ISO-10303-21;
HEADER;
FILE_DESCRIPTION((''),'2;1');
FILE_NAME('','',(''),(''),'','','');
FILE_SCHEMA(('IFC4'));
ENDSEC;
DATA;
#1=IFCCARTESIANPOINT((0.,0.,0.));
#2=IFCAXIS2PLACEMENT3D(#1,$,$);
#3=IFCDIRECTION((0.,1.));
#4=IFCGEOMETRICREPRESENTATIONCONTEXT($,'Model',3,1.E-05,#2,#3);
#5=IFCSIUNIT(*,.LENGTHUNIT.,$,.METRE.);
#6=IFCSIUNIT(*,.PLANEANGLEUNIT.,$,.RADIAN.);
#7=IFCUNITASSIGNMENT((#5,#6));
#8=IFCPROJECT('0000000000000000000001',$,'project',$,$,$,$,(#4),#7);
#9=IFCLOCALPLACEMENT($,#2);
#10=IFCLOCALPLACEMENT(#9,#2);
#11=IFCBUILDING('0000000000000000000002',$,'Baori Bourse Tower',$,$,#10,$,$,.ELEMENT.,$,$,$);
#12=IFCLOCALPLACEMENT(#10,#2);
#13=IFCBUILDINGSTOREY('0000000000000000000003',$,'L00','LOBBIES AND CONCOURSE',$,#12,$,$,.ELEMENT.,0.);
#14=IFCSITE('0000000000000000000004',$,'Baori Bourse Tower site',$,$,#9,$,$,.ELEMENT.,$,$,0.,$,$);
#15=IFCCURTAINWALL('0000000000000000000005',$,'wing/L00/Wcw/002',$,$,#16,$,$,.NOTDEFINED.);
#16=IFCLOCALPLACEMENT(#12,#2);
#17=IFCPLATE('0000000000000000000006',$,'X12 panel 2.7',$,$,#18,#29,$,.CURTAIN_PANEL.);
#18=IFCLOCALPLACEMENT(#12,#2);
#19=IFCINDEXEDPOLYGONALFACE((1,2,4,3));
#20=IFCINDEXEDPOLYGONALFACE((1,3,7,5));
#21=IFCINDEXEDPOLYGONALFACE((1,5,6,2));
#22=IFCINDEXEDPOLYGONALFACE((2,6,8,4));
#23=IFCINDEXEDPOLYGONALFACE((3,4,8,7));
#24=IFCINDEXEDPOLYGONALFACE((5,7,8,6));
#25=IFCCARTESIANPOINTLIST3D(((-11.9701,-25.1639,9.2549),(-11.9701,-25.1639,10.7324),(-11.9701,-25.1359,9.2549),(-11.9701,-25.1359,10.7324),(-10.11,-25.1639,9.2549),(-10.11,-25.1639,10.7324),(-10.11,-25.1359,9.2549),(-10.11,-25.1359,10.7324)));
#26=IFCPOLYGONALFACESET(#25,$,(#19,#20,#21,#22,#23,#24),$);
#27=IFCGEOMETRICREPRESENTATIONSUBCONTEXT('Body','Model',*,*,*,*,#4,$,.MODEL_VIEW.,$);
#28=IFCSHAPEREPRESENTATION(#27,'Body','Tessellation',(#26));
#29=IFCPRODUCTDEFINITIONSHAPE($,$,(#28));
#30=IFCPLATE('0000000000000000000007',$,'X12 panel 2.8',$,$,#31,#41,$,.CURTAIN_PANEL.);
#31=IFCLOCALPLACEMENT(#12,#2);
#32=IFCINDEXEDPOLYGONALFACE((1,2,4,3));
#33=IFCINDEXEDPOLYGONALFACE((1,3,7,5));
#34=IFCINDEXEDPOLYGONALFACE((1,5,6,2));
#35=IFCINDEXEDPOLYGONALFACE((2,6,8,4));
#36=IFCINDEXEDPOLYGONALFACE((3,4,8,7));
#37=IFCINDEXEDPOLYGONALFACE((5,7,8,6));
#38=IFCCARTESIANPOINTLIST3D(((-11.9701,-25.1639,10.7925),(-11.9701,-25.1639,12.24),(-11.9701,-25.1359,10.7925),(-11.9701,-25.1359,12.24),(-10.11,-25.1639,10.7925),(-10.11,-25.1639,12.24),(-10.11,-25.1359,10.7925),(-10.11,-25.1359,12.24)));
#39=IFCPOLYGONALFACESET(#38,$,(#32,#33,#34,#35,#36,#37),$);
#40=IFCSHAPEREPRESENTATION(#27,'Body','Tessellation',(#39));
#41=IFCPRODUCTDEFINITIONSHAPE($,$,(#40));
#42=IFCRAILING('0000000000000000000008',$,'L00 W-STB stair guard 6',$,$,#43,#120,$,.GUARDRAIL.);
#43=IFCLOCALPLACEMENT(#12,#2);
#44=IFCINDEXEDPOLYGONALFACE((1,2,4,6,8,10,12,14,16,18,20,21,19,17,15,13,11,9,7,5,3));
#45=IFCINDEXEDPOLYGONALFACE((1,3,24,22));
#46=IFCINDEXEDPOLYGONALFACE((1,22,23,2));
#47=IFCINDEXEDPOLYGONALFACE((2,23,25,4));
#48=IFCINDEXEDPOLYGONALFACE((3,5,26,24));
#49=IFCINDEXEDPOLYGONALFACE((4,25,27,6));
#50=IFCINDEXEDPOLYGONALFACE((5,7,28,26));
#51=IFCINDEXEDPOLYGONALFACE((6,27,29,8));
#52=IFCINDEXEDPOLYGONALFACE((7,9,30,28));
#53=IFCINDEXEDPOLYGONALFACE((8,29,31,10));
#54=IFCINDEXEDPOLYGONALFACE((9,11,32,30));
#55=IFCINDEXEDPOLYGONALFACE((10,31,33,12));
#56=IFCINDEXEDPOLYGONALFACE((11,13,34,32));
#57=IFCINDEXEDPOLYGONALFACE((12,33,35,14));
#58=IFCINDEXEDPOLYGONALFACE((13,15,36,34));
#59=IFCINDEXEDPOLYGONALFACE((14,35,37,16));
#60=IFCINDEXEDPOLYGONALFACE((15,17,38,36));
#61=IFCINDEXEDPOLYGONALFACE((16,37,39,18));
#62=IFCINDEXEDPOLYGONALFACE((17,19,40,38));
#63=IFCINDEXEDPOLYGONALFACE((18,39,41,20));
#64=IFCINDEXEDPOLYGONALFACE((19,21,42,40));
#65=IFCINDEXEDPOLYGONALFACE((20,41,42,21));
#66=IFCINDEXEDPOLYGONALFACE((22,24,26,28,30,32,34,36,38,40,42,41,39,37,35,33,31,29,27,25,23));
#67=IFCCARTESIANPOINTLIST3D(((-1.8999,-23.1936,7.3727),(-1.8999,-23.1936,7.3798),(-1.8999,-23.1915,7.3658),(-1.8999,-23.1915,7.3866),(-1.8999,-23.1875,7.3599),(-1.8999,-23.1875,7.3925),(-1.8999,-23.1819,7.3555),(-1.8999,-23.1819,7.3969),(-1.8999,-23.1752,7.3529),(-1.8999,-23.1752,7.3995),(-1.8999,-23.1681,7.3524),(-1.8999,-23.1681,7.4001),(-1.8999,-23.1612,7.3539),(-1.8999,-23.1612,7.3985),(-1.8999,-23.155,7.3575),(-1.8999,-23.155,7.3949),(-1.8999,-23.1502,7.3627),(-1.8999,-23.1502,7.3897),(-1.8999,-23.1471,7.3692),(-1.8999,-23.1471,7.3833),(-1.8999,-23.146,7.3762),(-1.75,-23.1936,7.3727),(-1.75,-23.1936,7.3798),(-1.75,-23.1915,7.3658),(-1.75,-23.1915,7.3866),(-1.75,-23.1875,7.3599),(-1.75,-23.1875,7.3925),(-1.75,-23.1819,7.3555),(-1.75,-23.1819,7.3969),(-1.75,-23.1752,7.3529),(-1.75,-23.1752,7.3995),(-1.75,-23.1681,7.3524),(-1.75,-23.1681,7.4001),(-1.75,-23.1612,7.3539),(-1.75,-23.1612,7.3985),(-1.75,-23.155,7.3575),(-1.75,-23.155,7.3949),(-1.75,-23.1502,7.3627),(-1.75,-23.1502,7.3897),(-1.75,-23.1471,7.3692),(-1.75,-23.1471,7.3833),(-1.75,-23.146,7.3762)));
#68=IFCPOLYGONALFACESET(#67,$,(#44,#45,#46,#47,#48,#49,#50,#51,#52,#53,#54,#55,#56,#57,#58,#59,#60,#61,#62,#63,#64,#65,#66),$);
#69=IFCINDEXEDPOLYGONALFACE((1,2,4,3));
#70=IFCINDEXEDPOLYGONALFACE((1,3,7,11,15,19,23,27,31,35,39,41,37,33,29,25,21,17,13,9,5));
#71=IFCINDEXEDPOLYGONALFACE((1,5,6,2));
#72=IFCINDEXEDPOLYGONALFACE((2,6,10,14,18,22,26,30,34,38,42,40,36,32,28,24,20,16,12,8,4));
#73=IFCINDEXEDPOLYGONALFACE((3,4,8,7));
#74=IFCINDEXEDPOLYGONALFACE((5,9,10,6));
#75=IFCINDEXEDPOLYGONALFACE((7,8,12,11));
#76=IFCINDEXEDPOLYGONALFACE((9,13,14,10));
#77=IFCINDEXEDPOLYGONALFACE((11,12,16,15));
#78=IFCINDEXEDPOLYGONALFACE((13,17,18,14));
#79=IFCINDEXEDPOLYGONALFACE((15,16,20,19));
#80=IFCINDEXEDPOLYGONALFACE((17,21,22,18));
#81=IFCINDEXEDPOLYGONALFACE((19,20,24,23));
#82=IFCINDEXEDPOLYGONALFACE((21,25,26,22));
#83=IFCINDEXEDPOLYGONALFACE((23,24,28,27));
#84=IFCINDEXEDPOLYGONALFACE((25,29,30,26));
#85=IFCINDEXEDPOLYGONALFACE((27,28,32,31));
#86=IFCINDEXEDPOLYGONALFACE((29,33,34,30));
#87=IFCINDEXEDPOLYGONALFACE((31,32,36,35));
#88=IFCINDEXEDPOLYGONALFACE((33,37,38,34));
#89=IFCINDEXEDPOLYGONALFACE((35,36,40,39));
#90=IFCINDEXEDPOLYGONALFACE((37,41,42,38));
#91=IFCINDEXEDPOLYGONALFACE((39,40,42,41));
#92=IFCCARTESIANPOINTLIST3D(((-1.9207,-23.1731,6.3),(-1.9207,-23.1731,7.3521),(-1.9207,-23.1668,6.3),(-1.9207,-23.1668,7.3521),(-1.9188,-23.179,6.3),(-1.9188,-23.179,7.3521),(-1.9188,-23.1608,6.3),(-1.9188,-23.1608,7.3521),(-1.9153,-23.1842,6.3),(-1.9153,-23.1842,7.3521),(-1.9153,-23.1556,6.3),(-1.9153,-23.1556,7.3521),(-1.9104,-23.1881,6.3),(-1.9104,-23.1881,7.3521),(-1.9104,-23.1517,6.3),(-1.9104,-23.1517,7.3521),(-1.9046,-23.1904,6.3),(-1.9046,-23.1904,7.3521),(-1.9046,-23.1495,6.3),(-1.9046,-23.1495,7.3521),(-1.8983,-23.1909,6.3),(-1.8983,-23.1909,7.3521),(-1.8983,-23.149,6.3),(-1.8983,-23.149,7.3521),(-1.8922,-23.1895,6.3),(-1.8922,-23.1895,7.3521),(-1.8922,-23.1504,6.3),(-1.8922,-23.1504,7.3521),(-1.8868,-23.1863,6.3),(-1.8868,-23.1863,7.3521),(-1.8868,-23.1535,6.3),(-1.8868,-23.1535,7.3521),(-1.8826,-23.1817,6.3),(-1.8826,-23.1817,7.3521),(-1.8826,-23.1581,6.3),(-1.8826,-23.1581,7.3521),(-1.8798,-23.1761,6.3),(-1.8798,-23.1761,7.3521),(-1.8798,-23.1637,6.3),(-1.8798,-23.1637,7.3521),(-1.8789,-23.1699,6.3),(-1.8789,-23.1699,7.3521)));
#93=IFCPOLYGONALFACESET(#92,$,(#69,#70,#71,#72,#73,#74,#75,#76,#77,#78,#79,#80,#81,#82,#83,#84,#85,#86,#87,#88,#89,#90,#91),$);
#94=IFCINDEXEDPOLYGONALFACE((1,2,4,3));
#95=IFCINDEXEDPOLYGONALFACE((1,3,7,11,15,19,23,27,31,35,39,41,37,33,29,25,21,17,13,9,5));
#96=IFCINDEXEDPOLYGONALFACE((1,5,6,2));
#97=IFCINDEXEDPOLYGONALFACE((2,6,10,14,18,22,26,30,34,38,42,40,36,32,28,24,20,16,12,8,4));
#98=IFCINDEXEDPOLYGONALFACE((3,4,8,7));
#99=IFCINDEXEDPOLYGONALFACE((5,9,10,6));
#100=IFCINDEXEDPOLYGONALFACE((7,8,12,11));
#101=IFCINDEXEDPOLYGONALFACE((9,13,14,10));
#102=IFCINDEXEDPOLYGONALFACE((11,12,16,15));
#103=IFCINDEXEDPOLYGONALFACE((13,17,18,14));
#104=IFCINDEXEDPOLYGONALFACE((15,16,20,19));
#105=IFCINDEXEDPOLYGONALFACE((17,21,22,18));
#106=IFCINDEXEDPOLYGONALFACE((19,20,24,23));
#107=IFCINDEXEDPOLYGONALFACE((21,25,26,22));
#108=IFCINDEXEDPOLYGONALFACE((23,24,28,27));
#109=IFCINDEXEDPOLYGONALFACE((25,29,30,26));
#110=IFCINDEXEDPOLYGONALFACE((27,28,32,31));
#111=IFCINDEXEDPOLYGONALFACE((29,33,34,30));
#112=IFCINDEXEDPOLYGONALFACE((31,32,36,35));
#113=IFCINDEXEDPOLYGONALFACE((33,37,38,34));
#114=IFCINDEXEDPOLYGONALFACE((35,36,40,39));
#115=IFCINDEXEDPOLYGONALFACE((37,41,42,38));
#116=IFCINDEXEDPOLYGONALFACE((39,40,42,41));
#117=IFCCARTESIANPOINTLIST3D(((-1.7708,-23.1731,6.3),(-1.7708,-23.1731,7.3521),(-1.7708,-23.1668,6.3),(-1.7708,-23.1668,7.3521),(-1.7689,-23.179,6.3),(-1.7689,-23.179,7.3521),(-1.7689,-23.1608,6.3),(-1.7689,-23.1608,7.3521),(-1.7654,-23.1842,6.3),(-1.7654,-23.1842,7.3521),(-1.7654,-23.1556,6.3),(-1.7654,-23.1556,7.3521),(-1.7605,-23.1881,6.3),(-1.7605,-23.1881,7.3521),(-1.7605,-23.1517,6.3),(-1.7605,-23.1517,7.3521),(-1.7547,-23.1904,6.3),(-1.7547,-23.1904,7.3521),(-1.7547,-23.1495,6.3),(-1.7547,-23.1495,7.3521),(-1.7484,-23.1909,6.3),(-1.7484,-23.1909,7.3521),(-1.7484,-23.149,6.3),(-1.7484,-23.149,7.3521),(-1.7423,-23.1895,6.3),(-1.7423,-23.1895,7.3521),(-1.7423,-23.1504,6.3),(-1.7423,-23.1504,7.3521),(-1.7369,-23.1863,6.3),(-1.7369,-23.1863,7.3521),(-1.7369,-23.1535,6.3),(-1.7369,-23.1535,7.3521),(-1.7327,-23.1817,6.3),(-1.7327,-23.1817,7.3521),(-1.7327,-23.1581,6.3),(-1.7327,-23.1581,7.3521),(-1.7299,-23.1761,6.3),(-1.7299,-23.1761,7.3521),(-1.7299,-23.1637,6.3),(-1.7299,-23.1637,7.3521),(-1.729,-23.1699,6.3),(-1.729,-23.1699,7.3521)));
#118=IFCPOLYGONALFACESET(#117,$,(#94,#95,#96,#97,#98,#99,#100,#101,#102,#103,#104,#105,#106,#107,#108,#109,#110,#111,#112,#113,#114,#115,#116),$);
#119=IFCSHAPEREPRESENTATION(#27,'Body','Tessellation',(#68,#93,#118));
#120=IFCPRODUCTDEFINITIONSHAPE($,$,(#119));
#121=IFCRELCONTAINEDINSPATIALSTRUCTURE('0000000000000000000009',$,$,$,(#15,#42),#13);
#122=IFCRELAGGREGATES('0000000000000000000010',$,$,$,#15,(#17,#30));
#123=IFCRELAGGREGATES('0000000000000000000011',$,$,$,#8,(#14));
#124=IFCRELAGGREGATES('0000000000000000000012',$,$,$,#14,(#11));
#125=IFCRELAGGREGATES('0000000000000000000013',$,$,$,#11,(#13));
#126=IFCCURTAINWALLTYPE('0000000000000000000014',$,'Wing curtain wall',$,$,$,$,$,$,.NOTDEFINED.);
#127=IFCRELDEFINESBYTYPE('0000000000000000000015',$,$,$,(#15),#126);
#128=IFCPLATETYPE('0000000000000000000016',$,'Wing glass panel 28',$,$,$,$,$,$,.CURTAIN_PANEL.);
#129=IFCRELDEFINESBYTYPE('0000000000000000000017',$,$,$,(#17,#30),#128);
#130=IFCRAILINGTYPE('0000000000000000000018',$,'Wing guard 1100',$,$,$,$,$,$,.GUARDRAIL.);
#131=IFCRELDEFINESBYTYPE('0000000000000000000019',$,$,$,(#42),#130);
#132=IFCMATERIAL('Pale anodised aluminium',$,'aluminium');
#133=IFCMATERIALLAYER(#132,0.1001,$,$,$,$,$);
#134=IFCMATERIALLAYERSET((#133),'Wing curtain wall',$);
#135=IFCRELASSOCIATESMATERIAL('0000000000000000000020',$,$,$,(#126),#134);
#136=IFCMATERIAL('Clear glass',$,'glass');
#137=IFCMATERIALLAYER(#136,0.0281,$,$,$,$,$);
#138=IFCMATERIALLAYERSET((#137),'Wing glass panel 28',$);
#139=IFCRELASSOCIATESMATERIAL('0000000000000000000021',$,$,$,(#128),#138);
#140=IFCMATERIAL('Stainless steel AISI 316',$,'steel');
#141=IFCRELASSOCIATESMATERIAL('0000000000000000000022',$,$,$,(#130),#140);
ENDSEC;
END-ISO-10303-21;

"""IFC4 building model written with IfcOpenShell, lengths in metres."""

from ifc_helpers import new_model, si_unit, direction, frame, origin, origin_2d, place, context, subcontext, project, spatial, rectangle, circle, extrude, material, layer, layer_set, type_object, element, aggregate, save


model = new_model("IFC4")

# Units and contexts
model_context = context("Model", 3, precision=1e-05, world=origin(), true_north=direction((0.0, 1.0)))
body_context = subcontext(model_context, "Body", "Model", "MODEL_VIEW")
ifc_project = project(units=[si_unit("LENGTHUNIT", "METRE"), si_unit("PLANEANGLEUNIT", "RADIAN")], contexts=[model_context])

# Site, building, storey
site_placement = place(None, origin())
site = spatial("IfcSite", under=ifc_project, at=site_placement, Name="Baori Bourse Tower site", CompositionType="ELEMENT", RefElevation=0.0)
building_placement = place(site_placement, origin())
building = spatial("IfcBuilding", under=site, at=building_placement, Name="Baori Bourse Tower", CompositionType="ELEMENT")
storey_placement = place(building_placement, origin())
storey = spatial("IfcBuildingStorey", under=building, at=storey_placement, Name="L00", Description="LOBBIES AND CONCOURSE", CompositionType="ELEMENT", Elevation=0.0)

# Curtain wall, plates
ifc_material_1 = material(Name="Pale anodised aluminium", Category="aluminium")
ifc_layer_1 = layer(ifc_material_1, 0.1001)
ifc_layer_set_1 = layer_set([ifc_layer_1], Name="Wing curtain wall")
curtain_wall_type = type_object("IfcCurtainWallType", Name="Wing curtain wall", PredefinedType="NOTDEFINED", material=ifc_layer_set_1)
curtain_wall_placement = place(storey_placement, origin())
curtain_wall = element("IfcCurtainWall", 1, at=curtain_wall_placement, inside=storey, type_object=curtain_wall_type, Name="wing/L00/Wcw/002", PredefinedType="NOTDEFINED")
ifc_material_2 = material(Name="Clear glass", Category="glass")
ifc_layer_2 = layer(ifc_material_2, 0.0281)
ifc_layer_set_2 = layer_set([ifc_layer_2], Name="Wing glass panel 28")
plate_type = type_object("IfcPlateType", Name="Wing glass panel 28", PredefinedType="CURTAIN_PANEL", material=ifc_layer_set_2)
plate_1_placement = place(storey_placement, frame((-11.04, -25.1499, 9.2549), z_axis=(0.0, 0.0, 1.0), x_axis=(1.0, 0.0, 0.0)))
plate_1 = element("IfcPlate", 2, at=plate_1_placement, type_object=plate_type, Name="X12 panel 2.7", PredefinedType="CURTAIN_PANEL", context=body_context, shape_type="SweptSolid", body=[
    extrude(rectangle(XDim=1.8601, YDim=0.0281, at=origin_2d()), origin(), (0.0, 0.0, 1.0), 1.4775),
])
plate_2_placement = place(storey_placement, frame((-11.04, -25.1499, 10.7925), z_axis=(0.0, 0.0, 1.0), x_axis=(1.0, 0.0, 0.0)))
plate_2 = element("IfcPlate", 3, at=plate_2_placement, type_object=plate_type, Name="X12 panel 2.8", PredefinedType="CURTAIN_PANEL", context=body_context, shape_type="SweptSolid", body=[
    extrude(rectangle(XDim=1.8601, YDim=0.0281, at=origin_2d()), origin(), (0.0, 0.0, 1.0), 1.4475),
])
aggregate(curtain_wall, [plate_1, plate_2])

# Railing
ifc_material_3 = material(Name="Stainless steel AISI 316", Category="steel")
railing_type = type_object("IfcRailingType", Name="Wing guard 1100", PredefinedType="GUARDRAIL", material=ifc_material_3)
railing_1_placement = place(storey_placement, frame((-1.8999, -23.1699, 6.3)))
element("IfcRailing", 4, at=railing_1_placement, inside=storey, type_object=railing_type, Name="L00 W-STB stair guard 6", PredefinedType="GUARDRAIL", context=body_context, shape_type="SweptSolid", body=[
    extrude(circle(Radius=0.0239, at=origin_2d()), frame((0.0, 0.0, 1.0762), z_axis=(1.0, 0.0, 0.0), x_axis=(0.0, 1.0, 0.0)), (0.0, 0.0, 1.0), 0.1499),
    extrude(circle(Radius=0.021, at=origin_2d()), origin(), (0.0, 0.0, 1.0), 1.052),
    extrude(circle(Radius=0.021, at=origin_2d()), frame((0.1499, 0.0, 0.0)), (0.0, 0.0, 1.0), 1.052),
])

save(model, "model.ifc")
